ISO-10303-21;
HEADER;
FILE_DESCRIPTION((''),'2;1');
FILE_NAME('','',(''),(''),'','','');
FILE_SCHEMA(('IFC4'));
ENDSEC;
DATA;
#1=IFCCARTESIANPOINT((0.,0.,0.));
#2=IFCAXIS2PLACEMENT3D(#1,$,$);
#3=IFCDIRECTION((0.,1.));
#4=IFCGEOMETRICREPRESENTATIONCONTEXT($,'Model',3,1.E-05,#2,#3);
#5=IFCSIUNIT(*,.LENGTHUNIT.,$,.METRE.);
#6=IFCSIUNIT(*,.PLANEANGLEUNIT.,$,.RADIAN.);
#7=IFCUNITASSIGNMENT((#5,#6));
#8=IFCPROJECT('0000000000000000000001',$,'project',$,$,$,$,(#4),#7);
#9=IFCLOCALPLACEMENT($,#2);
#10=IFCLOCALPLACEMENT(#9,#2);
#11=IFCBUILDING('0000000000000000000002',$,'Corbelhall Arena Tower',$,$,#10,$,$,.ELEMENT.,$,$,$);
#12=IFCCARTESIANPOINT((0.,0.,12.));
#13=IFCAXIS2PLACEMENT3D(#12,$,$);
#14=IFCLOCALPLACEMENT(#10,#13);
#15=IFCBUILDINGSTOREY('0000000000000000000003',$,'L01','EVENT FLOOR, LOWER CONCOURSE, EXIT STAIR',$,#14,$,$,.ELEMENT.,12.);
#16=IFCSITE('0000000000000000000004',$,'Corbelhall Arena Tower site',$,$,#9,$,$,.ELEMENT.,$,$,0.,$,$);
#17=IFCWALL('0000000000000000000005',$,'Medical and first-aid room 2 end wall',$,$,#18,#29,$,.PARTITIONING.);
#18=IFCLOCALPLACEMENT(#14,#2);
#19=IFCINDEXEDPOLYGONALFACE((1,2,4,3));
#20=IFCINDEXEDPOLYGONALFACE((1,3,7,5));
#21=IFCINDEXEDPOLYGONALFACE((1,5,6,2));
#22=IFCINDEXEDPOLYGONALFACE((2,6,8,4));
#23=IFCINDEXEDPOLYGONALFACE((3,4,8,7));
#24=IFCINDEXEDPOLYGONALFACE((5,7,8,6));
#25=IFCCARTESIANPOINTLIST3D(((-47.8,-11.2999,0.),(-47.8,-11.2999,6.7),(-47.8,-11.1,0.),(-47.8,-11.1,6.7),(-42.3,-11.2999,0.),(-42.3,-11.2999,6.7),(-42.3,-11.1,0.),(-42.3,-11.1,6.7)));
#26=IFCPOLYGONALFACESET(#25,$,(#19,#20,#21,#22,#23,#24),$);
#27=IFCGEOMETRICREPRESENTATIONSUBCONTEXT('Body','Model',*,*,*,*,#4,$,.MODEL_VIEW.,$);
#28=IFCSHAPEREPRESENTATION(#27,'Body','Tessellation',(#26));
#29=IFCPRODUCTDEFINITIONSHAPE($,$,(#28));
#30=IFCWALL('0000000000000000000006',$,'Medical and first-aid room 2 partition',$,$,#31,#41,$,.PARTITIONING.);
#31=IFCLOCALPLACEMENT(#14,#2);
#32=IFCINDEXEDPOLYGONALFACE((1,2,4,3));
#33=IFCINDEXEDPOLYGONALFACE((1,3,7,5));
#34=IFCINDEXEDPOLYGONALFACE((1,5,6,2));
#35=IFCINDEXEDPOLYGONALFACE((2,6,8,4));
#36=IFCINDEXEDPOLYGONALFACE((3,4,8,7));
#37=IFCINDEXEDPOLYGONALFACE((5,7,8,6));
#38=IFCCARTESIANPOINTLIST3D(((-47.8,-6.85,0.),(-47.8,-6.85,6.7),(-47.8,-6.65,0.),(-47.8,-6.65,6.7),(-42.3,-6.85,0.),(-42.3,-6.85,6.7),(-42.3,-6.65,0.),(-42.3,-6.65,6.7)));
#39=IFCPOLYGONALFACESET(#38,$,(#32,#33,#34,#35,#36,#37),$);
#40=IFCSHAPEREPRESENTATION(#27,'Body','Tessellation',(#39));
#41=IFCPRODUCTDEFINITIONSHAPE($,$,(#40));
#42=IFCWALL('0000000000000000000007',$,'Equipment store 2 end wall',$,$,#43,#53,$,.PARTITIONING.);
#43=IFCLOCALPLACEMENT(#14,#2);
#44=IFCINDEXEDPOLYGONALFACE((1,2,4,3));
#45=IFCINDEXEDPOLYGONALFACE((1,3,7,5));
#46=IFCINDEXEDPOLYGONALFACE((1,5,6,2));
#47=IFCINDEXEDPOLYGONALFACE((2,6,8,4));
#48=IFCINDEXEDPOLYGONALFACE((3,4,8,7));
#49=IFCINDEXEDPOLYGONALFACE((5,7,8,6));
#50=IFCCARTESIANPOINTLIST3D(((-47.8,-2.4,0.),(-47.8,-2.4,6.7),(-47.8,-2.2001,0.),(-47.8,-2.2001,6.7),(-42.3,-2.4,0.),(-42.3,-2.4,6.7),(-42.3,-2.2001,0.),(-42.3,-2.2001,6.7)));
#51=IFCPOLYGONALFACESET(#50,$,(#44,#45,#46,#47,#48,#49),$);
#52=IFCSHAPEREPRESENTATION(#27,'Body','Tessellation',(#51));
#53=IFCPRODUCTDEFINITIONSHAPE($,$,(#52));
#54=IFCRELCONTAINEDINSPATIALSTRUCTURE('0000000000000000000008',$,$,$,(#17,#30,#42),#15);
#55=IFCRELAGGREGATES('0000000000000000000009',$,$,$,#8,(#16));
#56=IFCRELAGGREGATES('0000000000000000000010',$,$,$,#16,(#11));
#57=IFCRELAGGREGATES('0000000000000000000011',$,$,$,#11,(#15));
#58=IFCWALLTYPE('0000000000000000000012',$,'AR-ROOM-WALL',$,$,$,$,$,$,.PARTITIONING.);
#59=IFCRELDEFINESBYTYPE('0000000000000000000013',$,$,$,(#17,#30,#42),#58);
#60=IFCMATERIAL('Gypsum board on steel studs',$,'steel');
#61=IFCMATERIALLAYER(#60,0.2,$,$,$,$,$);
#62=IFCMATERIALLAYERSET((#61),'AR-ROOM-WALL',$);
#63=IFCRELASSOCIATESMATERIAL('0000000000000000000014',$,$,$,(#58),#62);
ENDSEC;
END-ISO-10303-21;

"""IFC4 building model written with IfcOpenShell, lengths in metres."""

from ifc_helpers import new_model, si_unit, direction, frame, frame_2d, origin, place, context, subcontext, project, spatial, rectangle, extrude, material, layer, layer_set, type_object, element, save


model = new_model("IFC4")

# Units and contexts
model_context = context("Model", 3, precision=1e-05, world=origin(), true_north=direction((0.0, 1.0)))
body_context = subcontext(model_context, "Body", "Model", "MODEL_VIEW")
ifc_project = project(units=[si_unit("LENGTHUNIT", "METRE"), si_unit("PLANEANGLEUNIT", "RADIAN")], contexts=[model_context])

# Site, building, storey
site_placement = place(None, origin())
site = spatial("IfcSite", under=ifc_project, at=site_placement, Name="Corbelhall Arena Tower site", CompositionType="ELEMENT", RefElevation=0.0)
building_placement = place(site_placement, origin())
building = spatial("IfcBuilding", under=site, at=building_placement, Name="Corbelhall Arena Tower", CompositionType="ELEMENT")
storey_placement = place(building_placement, frame((0.0, 0.0, 12.0)))
storey = spatial("IfcBuildingStorey", under=building, at=storey_placement, Name="L01", Description="EVENT FLOOR, LOWER CONCOURSE, EXIT STAIR", CompositionType="ELEMENT", Elevation=12.0)

# Walls
ifc_material_1 = material(Name="Gypsum board on steel studs", Category="steel")
ifc_layer_1 = layer(ifc_material_1, 0.2)
ifc_layer_set_1 = layer_set([ifc_layer_1], Name="AR-ROOM-WALL")
wall_type_1 = type_object("IfcWallType", Name="AR-ROOM-WALL", PredefinedType="PARTITIONING", material=ifc_layer_set_1)
for number, where, z_axis, x_axis, name in (
    (1, (-42.3, -11.2, 0.0), (0.0, 0.0, 1.0), (-1.0, 0.0, 0.0), "Medical and first-aid room 2 end wall"),
    (2, (-47.8, -6.75, 0.0), (0.0, 0.0, 1.0), (1.0, 0.0, 0.0), "Medical and first-aid room 2 partition"),
    (3, (-42.3, -2.3, 0.0), (0.0, 0.0, 1.0), (-1.0, 0.0, 0.0), "Equipment store 2 end wall"),
):
    element("IfcWall", number, at=place(storey_placement, frame(where, z_axis=z_axis, x_axis=x_axis)), inside=storey, type_object=wall_type_1, Name=name, PredefinedType="PARTITIONING", context=body_context, shape_type="SweptSolid", body=[
        extrude(rectangle(XDim=5.5, YDim=0.2, at=frame_2d((2.75, 0.0))), origin(), (0.0, 0.0, 1.0), 6.7),
    ])

save(model, "model.ifc")
